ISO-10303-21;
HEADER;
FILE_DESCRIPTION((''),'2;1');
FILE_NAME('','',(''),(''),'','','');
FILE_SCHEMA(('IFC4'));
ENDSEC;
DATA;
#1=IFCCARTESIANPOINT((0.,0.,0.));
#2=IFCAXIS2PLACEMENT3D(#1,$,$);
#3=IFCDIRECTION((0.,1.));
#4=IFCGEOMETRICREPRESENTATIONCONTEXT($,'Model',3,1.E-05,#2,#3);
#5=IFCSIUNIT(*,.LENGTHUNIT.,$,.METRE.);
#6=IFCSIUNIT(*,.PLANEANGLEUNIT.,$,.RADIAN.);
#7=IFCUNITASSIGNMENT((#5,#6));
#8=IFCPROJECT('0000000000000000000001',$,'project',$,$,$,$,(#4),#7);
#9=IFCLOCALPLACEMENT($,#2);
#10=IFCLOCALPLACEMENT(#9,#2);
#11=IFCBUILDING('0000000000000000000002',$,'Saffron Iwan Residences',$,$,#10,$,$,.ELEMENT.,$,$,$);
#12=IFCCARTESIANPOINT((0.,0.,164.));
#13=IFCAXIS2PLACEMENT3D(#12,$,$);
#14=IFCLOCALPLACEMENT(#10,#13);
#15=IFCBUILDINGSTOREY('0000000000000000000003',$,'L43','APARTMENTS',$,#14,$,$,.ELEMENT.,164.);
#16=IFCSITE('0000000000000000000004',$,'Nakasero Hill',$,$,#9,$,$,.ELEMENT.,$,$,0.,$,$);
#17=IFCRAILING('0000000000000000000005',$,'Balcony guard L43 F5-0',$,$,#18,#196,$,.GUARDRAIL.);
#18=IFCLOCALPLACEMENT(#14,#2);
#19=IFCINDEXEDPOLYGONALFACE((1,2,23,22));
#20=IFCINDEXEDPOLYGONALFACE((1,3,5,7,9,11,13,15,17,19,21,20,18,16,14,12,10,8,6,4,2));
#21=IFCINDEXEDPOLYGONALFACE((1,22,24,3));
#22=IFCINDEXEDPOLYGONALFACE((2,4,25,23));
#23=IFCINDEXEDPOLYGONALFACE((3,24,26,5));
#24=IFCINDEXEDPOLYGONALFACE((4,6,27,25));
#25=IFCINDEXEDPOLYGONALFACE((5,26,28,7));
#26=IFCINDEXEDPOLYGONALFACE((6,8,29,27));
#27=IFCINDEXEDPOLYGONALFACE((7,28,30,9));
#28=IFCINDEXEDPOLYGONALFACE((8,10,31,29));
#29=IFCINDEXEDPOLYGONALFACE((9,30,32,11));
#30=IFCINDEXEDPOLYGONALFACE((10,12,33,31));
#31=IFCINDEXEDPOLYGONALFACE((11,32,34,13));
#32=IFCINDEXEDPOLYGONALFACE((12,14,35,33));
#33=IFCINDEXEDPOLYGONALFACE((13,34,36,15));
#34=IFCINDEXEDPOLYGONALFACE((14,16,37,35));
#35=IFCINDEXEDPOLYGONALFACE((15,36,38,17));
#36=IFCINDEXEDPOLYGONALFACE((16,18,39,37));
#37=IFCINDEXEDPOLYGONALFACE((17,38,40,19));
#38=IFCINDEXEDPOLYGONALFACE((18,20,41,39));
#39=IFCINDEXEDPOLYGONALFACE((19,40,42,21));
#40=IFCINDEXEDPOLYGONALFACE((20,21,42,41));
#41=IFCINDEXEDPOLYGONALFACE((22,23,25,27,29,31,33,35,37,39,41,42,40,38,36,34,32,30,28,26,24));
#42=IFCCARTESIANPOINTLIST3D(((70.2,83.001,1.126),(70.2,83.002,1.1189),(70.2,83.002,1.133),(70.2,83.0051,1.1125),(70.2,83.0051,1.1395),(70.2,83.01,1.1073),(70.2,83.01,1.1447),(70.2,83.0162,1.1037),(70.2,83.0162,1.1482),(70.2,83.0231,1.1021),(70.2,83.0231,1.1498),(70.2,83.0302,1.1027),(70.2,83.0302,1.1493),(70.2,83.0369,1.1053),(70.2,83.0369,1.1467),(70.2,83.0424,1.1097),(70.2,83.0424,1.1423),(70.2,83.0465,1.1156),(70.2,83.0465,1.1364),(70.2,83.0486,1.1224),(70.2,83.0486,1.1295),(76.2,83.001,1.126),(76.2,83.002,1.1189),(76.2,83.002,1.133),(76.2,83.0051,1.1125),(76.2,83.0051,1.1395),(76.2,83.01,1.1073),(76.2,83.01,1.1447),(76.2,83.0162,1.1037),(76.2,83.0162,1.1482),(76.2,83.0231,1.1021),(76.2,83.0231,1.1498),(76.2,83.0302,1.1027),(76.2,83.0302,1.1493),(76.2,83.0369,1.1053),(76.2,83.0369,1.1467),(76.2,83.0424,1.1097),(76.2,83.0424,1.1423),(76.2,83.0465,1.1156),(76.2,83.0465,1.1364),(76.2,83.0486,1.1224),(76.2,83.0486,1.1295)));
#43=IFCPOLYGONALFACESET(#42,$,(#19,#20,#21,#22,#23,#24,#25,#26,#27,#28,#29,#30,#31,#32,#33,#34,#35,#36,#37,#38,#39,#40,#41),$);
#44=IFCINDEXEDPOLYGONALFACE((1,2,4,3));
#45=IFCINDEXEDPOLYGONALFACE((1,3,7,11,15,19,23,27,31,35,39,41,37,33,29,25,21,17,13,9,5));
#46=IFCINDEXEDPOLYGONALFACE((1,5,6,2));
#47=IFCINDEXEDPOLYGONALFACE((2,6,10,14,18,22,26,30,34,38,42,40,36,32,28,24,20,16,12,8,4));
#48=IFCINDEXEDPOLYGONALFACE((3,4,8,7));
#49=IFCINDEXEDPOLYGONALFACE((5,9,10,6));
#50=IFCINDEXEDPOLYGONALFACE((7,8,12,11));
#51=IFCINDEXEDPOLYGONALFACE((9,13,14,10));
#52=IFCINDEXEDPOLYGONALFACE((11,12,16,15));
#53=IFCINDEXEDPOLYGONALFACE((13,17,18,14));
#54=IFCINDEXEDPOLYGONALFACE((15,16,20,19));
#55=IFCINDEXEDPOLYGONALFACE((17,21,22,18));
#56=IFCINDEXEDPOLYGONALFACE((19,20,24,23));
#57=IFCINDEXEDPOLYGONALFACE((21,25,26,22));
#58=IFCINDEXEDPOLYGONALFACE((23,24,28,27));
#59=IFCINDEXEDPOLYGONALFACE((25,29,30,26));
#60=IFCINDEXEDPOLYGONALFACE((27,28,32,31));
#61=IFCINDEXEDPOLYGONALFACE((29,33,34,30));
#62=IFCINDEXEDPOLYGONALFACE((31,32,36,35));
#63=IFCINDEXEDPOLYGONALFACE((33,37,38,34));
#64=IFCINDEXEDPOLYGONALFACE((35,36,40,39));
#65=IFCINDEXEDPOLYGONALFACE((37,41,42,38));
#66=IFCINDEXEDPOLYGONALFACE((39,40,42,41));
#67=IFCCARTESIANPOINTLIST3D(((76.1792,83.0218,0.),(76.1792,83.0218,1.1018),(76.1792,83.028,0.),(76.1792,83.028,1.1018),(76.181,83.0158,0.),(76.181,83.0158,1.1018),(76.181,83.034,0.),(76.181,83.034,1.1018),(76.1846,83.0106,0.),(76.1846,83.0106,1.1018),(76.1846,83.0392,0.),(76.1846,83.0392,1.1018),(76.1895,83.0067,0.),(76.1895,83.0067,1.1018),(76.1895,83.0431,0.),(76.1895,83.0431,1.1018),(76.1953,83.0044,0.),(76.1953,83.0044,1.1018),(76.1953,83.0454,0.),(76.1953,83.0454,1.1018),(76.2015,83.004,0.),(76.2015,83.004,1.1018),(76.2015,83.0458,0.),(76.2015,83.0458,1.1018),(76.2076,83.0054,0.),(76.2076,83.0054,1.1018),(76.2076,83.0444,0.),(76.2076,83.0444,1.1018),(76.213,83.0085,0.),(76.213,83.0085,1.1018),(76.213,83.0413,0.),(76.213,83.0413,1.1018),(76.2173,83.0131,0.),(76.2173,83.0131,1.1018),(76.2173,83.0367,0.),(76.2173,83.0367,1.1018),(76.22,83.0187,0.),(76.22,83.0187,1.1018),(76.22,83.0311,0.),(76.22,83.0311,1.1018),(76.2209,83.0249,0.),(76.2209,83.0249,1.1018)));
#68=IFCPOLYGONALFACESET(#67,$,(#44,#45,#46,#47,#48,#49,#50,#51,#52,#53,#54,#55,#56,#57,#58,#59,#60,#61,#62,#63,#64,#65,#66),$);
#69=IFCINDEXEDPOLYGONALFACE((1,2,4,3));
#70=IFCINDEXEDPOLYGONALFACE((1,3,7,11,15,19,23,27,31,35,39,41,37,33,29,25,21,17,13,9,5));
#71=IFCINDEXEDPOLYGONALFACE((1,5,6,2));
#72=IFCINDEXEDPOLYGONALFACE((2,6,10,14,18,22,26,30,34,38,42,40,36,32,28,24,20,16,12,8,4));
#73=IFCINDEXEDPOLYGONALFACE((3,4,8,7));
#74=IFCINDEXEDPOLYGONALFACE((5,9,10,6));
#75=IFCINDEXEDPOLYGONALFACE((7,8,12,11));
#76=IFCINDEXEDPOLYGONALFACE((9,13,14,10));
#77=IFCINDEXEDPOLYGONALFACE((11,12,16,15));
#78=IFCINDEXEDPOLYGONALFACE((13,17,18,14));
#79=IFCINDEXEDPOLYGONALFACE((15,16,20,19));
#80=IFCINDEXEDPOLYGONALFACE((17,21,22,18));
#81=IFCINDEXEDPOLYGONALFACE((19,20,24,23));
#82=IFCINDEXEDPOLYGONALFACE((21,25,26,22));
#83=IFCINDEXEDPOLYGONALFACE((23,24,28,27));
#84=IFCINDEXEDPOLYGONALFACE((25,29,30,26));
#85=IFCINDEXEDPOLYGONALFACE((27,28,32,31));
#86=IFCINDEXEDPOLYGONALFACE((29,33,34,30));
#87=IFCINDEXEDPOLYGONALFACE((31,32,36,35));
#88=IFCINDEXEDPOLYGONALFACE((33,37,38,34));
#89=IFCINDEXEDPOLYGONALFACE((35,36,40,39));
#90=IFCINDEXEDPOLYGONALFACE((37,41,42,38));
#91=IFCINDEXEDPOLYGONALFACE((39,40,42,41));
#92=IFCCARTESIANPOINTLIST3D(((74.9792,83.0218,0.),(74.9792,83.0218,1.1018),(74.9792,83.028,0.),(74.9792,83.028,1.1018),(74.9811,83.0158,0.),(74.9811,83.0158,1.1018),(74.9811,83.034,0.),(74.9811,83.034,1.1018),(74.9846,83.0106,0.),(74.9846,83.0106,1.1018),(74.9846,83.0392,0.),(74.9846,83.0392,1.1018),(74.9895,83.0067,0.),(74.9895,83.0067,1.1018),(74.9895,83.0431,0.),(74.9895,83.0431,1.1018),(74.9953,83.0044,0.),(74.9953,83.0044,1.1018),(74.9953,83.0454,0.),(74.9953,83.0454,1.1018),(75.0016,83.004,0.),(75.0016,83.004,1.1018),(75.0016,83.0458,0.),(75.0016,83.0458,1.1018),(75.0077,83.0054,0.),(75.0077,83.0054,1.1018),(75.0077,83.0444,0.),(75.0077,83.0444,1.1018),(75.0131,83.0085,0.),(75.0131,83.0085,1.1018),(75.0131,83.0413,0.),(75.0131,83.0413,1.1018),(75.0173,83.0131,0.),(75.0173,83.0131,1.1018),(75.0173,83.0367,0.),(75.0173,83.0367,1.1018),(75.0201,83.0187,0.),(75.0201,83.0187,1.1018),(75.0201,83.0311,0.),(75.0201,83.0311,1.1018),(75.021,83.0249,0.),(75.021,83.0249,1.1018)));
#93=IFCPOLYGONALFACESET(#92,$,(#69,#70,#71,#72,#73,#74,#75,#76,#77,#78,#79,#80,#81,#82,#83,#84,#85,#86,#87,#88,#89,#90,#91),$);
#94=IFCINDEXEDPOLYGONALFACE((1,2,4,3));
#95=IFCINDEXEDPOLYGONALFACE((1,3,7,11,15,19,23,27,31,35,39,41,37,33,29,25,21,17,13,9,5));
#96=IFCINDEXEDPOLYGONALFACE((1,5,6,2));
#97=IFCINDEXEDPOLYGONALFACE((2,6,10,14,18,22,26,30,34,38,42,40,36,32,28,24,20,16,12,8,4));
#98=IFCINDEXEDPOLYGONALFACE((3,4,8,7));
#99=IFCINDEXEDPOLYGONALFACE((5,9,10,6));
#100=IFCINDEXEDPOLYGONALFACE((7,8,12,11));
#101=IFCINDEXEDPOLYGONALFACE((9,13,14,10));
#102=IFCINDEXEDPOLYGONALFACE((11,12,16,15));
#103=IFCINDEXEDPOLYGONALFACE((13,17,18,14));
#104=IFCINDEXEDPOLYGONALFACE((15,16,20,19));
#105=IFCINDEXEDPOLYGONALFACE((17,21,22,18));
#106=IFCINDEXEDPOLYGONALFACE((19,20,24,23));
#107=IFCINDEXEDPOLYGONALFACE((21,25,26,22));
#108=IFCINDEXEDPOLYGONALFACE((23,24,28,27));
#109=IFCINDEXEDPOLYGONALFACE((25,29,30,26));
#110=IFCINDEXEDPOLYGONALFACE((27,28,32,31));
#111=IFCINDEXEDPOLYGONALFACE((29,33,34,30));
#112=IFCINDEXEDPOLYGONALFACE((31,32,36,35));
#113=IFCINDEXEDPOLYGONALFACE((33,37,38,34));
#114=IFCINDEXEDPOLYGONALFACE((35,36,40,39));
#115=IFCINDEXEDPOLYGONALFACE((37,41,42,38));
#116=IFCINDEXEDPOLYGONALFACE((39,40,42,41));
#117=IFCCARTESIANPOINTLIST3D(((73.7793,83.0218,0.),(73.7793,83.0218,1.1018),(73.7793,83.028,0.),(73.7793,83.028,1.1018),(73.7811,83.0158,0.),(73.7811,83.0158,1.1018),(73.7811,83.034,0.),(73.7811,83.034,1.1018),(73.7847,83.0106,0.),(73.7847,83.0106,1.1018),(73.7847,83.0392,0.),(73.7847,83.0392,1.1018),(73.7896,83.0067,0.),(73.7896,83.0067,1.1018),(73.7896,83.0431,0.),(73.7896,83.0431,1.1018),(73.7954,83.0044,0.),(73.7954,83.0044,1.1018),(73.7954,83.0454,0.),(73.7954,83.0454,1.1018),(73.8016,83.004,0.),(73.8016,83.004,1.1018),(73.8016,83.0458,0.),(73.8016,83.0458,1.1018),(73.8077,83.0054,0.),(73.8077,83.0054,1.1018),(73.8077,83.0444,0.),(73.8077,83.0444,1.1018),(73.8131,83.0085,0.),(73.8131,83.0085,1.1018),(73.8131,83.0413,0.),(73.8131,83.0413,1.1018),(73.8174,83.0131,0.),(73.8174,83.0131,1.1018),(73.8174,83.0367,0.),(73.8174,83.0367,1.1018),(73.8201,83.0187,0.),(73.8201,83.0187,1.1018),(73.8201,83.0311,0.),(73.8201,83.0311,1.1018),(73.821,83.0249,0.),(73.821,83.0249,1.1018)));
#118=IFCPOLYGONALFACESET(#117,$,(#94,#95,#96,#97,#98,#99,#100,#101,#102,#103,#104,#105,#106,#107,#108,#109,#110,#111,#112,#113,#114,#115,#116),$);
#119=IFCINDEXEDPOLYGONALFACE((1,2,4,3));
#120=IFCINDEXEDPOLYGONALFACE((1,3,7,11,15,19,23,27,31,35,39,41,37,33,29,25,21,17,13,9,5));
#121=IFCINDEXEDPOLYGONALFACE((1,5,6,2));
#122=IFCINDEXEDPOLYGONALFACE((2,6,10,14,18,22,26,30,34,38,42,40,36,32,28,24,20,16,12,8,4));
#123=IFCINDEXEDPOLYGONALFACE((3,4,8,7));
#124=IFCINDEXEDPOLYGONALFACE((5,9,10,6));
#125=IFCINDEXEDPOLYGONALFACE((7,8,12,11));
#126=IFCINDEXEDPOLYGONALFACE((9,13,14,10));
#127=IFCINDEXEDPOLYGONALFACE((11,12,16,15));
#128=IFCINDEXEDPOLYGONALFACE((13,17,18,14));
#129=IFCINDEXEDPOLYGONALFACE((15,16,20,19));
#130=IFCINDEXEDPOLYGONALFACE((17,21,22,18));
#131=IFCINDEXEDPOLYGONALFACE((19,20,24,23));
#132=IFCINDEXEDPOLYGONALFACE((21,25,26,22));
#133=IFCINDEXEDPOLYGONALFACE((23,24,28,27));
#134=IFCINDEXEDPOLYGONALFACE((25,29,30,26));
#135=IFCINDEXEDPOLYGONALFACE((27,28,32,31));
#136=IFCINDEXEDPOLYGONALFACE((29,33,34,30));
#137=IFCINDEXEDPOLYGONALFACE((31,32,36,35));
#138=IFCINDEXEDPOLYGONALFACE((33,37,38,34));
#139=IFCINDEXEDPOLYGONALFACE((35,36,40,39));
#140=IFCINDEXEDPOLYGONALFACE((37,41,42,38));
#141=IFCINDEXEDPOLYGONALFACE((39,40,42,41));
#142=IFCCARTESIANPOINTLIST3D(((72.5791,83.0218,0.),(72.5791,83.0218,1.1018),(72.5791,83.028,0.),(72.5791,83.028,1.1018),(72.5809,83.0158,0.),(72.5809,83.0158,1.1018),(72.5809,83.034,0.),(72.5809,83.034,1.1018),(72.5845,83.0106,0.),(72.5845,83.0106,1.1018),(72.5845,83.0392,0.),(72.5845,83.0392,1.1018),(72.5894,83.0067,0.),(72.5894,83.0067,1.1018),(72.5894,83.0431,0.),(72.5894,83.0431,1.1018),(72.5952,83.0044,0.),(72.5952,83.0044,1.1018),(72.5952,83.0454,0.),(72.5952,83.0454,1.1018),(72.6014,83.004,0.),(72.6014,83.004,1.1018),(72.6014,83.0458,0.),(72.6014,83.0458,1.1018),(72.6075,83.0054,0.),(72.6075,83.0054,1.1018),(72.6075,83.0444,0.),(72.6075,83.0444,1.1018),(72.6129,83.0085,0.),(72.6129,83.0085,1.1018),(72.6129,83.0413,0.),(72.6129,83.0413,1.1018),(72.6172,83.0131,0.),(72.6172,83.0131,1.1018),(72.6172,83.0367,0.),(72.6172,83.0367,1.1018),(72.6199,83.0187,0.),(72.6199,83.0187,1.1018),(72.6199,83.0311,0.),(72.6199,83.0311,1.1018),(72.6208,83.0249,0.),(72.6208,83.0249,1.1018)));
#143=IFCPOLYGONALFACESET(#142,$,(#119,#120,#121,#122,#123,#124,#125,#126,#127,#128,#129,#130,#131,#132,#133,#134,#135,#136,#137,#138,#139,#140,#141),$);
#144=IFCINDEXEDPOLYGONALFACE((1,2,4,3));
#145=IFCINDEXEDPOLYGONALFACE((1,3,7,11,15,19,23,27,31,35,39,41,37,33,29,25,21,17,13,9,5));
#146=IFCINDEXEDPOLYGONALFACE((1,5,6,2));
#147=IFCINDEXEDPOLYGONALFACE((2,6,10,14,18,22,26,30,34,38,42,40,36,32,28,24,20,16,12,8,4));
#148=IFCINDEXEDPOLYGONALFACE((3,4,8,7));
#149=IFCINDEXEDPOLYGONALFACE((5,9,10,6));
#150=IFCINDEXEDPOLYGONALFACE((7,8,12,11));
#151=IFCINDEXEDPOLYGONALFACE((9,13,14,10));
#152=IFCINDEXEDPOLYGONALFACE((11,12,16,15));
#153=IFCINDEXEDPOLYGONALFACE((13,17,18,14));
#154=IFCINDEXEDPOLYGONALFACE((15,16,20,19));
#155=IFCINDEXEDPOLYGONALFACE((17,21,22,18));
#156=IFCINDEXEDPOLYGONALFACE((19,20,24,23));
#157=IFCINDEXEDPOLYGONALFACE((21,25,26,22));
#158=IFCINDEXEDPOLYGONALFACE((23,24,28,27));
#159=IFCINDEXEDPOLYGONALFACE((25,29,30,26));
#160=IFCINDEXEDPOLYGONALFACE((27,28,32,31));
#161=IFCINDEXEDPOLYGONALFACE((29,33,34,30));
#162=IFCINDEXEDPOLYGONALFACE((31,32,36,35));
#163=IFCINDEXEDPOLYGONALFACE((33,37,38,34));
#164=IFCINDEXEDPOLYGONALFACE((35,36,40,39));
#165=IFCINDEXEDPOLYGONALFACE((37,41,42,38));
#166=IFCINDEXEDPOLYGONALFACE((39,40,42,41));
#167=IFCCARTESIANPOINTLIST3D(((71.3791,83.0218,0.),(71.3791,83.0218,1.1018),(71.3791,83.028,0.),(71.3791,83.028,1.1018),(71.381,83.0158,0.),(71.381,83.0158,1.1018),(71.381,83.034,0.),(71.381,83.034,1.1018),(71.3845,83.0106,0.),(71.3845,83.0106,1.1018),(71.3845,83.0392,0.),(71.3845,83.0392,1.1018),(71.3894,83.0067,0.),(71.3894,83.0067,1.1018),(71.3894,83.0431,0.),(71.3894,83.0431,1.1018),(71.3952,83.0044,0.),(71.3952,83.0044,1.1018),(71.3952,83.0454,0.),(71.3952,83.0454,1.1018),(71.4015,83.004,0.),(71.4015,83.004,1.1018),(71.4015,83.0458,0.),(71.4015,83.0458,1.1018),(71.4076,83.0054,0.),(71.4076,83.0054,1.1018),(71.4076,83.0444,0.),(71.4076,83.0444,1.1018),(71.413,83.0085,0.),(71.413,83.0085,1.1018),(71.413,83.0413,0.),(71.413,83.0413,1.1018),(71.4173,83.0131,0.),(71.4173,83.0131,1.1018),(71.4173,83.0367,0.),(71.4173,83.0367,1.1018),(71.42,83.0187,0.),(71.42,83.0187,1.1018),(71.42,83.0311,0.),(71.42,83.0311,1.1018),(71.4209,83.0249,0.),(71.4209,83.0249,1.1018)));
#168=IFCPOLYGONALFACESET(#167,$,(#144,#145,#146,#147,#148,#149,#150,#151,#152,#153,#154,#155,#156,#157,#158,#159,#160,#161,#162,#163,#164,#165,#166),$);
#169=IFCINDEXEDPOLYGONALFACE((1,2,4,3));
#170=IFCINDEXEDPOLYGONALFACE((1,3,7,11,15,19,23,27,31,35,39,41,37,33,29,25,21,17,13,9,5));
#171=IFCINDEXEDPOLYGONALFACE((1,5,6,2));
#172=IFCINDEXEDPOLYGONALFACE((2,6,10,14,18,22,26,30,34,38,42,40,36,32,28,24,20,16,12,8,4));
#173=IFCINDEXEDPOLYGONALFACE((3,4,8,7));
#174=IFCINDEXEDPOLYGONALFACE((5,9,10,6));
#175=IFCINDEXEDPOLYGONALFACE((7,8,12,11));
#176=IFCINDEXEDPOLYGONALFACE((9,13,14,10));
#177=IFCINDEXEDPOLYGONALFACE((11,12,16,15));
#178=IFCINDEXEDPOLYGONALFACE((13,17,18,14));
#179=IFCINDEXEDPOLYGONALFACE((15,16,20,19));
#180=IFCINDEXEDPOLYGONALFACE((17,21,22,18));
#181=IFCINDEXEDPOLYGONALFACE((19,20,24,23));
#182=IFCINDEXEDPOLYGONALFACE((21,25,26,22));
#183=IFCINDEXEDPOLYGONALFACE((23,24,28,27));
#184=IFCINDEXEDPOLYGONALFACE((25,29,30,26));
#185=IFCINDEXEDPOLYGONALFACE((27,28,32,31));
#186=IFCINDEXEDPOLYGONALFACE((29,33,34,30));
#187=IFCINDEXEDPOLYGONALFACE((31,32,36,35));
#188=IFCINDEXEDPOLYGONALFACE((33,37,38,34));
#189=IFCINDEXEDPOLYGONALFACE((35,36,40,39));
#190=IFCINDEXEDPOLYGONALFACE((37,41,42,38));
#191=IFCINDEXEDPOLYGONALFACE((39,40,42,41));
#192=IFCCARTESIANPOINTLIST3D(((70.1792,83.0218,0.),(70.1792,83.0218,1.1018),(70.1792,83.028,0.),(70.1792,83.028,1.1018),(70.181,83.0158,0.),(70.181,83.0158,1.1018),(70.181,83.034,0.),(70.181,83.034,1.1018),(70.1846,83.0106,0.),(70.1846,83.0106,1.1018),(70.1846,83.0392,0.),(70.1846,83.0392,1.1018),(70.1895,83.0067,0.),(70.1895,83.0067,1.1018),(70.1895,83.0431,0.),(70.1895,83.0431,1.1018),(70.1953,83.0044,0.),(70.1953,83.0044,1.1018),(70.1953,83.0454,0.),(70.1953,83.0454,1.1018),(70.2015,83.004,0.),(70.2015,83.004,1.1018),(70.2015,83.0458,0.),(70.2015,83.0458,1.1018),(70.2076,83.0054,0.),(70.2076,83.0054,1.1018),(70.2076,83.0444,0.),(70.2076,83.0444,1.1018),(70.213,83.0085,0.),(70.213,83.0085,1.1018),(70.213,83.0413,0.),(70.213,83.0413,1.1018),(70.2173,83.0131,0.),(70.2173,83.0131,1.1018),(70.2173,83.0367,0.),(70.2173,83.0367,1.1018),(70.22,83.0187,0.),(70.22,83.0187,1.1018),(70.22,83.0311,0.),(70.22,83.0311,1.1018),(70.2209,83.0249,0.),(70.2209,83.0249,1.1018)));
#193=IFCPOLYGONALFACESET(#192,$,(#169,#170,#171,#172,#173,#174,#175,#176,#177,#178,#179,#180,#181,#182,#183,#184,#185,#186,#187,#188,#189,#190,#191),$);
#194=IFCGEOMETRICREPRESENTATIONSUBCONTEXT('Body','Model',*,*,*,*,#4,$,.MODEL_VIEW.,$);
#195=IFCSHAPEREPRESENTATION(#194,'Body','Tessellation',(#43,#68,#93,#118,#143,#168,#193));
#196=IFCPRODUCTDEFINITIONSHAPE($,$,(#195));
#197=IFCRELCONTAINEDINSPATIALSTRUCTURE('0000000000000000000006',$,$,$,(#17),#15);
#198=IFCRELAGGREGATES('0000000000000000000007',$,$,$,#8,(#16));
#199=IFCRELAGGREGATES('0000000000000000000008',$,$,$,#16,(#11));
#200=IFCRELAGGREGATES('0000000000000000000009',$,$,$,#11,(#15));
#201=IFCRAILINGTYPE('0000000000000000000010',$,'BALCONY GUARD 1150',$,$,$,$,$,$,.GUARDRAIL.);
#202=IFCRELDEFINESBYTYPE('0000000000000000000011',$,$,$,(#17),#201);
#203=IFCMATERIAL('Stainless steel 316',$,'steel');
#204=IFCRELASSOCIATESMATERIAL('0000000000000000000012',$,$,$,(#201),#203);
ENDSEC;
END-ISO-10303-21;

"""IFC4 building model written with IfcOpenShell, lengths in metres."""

from ifc_helpers import new_model, si_unit, direction, frame, origin, origin_2d, place, context, subcontext, project, spatial, circle, extrude, material, type_object, element, save


model = new_model("IFC4")

# Units and contexts
model_context = context("Model", 3, precision=1e-05, world=origin(), true_north=direction((0.0, 1.0)))
body_context = subcontext(model_context, "Body", "Model", "MODEL_VIEW")
ifc_project = project(units=[si_unit("LENGTHUNIT", "METRE"), si_unit("PLANEANGLEUNIT", "RADIAN")], contexts=[model_context])

# Site, building, storey
site_placement = place(None, origin())
site = spatial("IfcSite", under=ifc_project, at=site_placement, Name="Nakasero Hill", CompositionType="ELEMENT", RefElevation=0.0)
building_placement = place(site_placement, origin())
building = spatial("IfcBuilding", under=site, at=building_placement, Name="Saffron Iwan Residences", CompositionType="ELEMENT")
storey_placement = place(building_placement, frame((0.0, 0.0, 164.0)))
storey = spatial("IfcBuildingStorey", under=building, at=storey_placement, Name="L43", Description="APARTMENTS", CompositionType="ELEMENT", Elevation=164.0)

# Railing
ifc_material_1 = material(Name="Stainless steel 316", Category="steel")
railing_type_1 = type_object("IfcRailingType", Name="BALCONY GUARD 1150", PredefinedType="GUARDRAIL", material=ifc_material_1)
railing_1_placement = place(storey_placement, frame((76.2, 83.0249, 0.0)))
element("IfcRailing", 1, at=railing_1_placement, inside=storey, type_object=railing_type_1, Name="Balcony guard L43 F5-0", PredefinedType="GUARDRAIL", context=body_context, shape_type="SweptSolid", body=[
    extrude(circle(Radius=0.0239, at=origin_2d()), frame((0.0, 0.0, 1.126), z_axis=(-1.0, 0.0, 0.0), x_axis=(0.0, -1.0, 0.0)), (0.0, 0.0, 1.0), 6.0),
    extrude(circle(Radius=0.021, at=origin_2d()), origin(), (0.0, 0.0, 1.0), 1.1018),
    extrude(circle(Radius=0.021, at=origin_2d()), frame((-1.2, 0.0, 0.0)), (0.0, 0.0, 1.0), 1.1018),
    extrude(circle(Radius=0.021, at=origin_2d()), frame((-2.3999, 0.0, 0.0)), (0.0, 0.0, 1.0), 1.1018),
    extrude(circle(Radius=0.021, at=origin_2d()), frame((-3.6001, 0.0, 0.0)), (0.0, 0.0, 1.0), 1.1018),
    extrude(circle(Radius=0.021, at=origin_2d()), frame((-4.8, 0.0, 0.0)), (0.0, 0.0, 1.0), 1.1018),
    extrude(circle(Radius=0.021, at=origin_2d()), frame((-6.0, 0.0, 0.0)), (0.0, 0.0, 1.0), 1.1018),
])

save(model, "model.ifc")
